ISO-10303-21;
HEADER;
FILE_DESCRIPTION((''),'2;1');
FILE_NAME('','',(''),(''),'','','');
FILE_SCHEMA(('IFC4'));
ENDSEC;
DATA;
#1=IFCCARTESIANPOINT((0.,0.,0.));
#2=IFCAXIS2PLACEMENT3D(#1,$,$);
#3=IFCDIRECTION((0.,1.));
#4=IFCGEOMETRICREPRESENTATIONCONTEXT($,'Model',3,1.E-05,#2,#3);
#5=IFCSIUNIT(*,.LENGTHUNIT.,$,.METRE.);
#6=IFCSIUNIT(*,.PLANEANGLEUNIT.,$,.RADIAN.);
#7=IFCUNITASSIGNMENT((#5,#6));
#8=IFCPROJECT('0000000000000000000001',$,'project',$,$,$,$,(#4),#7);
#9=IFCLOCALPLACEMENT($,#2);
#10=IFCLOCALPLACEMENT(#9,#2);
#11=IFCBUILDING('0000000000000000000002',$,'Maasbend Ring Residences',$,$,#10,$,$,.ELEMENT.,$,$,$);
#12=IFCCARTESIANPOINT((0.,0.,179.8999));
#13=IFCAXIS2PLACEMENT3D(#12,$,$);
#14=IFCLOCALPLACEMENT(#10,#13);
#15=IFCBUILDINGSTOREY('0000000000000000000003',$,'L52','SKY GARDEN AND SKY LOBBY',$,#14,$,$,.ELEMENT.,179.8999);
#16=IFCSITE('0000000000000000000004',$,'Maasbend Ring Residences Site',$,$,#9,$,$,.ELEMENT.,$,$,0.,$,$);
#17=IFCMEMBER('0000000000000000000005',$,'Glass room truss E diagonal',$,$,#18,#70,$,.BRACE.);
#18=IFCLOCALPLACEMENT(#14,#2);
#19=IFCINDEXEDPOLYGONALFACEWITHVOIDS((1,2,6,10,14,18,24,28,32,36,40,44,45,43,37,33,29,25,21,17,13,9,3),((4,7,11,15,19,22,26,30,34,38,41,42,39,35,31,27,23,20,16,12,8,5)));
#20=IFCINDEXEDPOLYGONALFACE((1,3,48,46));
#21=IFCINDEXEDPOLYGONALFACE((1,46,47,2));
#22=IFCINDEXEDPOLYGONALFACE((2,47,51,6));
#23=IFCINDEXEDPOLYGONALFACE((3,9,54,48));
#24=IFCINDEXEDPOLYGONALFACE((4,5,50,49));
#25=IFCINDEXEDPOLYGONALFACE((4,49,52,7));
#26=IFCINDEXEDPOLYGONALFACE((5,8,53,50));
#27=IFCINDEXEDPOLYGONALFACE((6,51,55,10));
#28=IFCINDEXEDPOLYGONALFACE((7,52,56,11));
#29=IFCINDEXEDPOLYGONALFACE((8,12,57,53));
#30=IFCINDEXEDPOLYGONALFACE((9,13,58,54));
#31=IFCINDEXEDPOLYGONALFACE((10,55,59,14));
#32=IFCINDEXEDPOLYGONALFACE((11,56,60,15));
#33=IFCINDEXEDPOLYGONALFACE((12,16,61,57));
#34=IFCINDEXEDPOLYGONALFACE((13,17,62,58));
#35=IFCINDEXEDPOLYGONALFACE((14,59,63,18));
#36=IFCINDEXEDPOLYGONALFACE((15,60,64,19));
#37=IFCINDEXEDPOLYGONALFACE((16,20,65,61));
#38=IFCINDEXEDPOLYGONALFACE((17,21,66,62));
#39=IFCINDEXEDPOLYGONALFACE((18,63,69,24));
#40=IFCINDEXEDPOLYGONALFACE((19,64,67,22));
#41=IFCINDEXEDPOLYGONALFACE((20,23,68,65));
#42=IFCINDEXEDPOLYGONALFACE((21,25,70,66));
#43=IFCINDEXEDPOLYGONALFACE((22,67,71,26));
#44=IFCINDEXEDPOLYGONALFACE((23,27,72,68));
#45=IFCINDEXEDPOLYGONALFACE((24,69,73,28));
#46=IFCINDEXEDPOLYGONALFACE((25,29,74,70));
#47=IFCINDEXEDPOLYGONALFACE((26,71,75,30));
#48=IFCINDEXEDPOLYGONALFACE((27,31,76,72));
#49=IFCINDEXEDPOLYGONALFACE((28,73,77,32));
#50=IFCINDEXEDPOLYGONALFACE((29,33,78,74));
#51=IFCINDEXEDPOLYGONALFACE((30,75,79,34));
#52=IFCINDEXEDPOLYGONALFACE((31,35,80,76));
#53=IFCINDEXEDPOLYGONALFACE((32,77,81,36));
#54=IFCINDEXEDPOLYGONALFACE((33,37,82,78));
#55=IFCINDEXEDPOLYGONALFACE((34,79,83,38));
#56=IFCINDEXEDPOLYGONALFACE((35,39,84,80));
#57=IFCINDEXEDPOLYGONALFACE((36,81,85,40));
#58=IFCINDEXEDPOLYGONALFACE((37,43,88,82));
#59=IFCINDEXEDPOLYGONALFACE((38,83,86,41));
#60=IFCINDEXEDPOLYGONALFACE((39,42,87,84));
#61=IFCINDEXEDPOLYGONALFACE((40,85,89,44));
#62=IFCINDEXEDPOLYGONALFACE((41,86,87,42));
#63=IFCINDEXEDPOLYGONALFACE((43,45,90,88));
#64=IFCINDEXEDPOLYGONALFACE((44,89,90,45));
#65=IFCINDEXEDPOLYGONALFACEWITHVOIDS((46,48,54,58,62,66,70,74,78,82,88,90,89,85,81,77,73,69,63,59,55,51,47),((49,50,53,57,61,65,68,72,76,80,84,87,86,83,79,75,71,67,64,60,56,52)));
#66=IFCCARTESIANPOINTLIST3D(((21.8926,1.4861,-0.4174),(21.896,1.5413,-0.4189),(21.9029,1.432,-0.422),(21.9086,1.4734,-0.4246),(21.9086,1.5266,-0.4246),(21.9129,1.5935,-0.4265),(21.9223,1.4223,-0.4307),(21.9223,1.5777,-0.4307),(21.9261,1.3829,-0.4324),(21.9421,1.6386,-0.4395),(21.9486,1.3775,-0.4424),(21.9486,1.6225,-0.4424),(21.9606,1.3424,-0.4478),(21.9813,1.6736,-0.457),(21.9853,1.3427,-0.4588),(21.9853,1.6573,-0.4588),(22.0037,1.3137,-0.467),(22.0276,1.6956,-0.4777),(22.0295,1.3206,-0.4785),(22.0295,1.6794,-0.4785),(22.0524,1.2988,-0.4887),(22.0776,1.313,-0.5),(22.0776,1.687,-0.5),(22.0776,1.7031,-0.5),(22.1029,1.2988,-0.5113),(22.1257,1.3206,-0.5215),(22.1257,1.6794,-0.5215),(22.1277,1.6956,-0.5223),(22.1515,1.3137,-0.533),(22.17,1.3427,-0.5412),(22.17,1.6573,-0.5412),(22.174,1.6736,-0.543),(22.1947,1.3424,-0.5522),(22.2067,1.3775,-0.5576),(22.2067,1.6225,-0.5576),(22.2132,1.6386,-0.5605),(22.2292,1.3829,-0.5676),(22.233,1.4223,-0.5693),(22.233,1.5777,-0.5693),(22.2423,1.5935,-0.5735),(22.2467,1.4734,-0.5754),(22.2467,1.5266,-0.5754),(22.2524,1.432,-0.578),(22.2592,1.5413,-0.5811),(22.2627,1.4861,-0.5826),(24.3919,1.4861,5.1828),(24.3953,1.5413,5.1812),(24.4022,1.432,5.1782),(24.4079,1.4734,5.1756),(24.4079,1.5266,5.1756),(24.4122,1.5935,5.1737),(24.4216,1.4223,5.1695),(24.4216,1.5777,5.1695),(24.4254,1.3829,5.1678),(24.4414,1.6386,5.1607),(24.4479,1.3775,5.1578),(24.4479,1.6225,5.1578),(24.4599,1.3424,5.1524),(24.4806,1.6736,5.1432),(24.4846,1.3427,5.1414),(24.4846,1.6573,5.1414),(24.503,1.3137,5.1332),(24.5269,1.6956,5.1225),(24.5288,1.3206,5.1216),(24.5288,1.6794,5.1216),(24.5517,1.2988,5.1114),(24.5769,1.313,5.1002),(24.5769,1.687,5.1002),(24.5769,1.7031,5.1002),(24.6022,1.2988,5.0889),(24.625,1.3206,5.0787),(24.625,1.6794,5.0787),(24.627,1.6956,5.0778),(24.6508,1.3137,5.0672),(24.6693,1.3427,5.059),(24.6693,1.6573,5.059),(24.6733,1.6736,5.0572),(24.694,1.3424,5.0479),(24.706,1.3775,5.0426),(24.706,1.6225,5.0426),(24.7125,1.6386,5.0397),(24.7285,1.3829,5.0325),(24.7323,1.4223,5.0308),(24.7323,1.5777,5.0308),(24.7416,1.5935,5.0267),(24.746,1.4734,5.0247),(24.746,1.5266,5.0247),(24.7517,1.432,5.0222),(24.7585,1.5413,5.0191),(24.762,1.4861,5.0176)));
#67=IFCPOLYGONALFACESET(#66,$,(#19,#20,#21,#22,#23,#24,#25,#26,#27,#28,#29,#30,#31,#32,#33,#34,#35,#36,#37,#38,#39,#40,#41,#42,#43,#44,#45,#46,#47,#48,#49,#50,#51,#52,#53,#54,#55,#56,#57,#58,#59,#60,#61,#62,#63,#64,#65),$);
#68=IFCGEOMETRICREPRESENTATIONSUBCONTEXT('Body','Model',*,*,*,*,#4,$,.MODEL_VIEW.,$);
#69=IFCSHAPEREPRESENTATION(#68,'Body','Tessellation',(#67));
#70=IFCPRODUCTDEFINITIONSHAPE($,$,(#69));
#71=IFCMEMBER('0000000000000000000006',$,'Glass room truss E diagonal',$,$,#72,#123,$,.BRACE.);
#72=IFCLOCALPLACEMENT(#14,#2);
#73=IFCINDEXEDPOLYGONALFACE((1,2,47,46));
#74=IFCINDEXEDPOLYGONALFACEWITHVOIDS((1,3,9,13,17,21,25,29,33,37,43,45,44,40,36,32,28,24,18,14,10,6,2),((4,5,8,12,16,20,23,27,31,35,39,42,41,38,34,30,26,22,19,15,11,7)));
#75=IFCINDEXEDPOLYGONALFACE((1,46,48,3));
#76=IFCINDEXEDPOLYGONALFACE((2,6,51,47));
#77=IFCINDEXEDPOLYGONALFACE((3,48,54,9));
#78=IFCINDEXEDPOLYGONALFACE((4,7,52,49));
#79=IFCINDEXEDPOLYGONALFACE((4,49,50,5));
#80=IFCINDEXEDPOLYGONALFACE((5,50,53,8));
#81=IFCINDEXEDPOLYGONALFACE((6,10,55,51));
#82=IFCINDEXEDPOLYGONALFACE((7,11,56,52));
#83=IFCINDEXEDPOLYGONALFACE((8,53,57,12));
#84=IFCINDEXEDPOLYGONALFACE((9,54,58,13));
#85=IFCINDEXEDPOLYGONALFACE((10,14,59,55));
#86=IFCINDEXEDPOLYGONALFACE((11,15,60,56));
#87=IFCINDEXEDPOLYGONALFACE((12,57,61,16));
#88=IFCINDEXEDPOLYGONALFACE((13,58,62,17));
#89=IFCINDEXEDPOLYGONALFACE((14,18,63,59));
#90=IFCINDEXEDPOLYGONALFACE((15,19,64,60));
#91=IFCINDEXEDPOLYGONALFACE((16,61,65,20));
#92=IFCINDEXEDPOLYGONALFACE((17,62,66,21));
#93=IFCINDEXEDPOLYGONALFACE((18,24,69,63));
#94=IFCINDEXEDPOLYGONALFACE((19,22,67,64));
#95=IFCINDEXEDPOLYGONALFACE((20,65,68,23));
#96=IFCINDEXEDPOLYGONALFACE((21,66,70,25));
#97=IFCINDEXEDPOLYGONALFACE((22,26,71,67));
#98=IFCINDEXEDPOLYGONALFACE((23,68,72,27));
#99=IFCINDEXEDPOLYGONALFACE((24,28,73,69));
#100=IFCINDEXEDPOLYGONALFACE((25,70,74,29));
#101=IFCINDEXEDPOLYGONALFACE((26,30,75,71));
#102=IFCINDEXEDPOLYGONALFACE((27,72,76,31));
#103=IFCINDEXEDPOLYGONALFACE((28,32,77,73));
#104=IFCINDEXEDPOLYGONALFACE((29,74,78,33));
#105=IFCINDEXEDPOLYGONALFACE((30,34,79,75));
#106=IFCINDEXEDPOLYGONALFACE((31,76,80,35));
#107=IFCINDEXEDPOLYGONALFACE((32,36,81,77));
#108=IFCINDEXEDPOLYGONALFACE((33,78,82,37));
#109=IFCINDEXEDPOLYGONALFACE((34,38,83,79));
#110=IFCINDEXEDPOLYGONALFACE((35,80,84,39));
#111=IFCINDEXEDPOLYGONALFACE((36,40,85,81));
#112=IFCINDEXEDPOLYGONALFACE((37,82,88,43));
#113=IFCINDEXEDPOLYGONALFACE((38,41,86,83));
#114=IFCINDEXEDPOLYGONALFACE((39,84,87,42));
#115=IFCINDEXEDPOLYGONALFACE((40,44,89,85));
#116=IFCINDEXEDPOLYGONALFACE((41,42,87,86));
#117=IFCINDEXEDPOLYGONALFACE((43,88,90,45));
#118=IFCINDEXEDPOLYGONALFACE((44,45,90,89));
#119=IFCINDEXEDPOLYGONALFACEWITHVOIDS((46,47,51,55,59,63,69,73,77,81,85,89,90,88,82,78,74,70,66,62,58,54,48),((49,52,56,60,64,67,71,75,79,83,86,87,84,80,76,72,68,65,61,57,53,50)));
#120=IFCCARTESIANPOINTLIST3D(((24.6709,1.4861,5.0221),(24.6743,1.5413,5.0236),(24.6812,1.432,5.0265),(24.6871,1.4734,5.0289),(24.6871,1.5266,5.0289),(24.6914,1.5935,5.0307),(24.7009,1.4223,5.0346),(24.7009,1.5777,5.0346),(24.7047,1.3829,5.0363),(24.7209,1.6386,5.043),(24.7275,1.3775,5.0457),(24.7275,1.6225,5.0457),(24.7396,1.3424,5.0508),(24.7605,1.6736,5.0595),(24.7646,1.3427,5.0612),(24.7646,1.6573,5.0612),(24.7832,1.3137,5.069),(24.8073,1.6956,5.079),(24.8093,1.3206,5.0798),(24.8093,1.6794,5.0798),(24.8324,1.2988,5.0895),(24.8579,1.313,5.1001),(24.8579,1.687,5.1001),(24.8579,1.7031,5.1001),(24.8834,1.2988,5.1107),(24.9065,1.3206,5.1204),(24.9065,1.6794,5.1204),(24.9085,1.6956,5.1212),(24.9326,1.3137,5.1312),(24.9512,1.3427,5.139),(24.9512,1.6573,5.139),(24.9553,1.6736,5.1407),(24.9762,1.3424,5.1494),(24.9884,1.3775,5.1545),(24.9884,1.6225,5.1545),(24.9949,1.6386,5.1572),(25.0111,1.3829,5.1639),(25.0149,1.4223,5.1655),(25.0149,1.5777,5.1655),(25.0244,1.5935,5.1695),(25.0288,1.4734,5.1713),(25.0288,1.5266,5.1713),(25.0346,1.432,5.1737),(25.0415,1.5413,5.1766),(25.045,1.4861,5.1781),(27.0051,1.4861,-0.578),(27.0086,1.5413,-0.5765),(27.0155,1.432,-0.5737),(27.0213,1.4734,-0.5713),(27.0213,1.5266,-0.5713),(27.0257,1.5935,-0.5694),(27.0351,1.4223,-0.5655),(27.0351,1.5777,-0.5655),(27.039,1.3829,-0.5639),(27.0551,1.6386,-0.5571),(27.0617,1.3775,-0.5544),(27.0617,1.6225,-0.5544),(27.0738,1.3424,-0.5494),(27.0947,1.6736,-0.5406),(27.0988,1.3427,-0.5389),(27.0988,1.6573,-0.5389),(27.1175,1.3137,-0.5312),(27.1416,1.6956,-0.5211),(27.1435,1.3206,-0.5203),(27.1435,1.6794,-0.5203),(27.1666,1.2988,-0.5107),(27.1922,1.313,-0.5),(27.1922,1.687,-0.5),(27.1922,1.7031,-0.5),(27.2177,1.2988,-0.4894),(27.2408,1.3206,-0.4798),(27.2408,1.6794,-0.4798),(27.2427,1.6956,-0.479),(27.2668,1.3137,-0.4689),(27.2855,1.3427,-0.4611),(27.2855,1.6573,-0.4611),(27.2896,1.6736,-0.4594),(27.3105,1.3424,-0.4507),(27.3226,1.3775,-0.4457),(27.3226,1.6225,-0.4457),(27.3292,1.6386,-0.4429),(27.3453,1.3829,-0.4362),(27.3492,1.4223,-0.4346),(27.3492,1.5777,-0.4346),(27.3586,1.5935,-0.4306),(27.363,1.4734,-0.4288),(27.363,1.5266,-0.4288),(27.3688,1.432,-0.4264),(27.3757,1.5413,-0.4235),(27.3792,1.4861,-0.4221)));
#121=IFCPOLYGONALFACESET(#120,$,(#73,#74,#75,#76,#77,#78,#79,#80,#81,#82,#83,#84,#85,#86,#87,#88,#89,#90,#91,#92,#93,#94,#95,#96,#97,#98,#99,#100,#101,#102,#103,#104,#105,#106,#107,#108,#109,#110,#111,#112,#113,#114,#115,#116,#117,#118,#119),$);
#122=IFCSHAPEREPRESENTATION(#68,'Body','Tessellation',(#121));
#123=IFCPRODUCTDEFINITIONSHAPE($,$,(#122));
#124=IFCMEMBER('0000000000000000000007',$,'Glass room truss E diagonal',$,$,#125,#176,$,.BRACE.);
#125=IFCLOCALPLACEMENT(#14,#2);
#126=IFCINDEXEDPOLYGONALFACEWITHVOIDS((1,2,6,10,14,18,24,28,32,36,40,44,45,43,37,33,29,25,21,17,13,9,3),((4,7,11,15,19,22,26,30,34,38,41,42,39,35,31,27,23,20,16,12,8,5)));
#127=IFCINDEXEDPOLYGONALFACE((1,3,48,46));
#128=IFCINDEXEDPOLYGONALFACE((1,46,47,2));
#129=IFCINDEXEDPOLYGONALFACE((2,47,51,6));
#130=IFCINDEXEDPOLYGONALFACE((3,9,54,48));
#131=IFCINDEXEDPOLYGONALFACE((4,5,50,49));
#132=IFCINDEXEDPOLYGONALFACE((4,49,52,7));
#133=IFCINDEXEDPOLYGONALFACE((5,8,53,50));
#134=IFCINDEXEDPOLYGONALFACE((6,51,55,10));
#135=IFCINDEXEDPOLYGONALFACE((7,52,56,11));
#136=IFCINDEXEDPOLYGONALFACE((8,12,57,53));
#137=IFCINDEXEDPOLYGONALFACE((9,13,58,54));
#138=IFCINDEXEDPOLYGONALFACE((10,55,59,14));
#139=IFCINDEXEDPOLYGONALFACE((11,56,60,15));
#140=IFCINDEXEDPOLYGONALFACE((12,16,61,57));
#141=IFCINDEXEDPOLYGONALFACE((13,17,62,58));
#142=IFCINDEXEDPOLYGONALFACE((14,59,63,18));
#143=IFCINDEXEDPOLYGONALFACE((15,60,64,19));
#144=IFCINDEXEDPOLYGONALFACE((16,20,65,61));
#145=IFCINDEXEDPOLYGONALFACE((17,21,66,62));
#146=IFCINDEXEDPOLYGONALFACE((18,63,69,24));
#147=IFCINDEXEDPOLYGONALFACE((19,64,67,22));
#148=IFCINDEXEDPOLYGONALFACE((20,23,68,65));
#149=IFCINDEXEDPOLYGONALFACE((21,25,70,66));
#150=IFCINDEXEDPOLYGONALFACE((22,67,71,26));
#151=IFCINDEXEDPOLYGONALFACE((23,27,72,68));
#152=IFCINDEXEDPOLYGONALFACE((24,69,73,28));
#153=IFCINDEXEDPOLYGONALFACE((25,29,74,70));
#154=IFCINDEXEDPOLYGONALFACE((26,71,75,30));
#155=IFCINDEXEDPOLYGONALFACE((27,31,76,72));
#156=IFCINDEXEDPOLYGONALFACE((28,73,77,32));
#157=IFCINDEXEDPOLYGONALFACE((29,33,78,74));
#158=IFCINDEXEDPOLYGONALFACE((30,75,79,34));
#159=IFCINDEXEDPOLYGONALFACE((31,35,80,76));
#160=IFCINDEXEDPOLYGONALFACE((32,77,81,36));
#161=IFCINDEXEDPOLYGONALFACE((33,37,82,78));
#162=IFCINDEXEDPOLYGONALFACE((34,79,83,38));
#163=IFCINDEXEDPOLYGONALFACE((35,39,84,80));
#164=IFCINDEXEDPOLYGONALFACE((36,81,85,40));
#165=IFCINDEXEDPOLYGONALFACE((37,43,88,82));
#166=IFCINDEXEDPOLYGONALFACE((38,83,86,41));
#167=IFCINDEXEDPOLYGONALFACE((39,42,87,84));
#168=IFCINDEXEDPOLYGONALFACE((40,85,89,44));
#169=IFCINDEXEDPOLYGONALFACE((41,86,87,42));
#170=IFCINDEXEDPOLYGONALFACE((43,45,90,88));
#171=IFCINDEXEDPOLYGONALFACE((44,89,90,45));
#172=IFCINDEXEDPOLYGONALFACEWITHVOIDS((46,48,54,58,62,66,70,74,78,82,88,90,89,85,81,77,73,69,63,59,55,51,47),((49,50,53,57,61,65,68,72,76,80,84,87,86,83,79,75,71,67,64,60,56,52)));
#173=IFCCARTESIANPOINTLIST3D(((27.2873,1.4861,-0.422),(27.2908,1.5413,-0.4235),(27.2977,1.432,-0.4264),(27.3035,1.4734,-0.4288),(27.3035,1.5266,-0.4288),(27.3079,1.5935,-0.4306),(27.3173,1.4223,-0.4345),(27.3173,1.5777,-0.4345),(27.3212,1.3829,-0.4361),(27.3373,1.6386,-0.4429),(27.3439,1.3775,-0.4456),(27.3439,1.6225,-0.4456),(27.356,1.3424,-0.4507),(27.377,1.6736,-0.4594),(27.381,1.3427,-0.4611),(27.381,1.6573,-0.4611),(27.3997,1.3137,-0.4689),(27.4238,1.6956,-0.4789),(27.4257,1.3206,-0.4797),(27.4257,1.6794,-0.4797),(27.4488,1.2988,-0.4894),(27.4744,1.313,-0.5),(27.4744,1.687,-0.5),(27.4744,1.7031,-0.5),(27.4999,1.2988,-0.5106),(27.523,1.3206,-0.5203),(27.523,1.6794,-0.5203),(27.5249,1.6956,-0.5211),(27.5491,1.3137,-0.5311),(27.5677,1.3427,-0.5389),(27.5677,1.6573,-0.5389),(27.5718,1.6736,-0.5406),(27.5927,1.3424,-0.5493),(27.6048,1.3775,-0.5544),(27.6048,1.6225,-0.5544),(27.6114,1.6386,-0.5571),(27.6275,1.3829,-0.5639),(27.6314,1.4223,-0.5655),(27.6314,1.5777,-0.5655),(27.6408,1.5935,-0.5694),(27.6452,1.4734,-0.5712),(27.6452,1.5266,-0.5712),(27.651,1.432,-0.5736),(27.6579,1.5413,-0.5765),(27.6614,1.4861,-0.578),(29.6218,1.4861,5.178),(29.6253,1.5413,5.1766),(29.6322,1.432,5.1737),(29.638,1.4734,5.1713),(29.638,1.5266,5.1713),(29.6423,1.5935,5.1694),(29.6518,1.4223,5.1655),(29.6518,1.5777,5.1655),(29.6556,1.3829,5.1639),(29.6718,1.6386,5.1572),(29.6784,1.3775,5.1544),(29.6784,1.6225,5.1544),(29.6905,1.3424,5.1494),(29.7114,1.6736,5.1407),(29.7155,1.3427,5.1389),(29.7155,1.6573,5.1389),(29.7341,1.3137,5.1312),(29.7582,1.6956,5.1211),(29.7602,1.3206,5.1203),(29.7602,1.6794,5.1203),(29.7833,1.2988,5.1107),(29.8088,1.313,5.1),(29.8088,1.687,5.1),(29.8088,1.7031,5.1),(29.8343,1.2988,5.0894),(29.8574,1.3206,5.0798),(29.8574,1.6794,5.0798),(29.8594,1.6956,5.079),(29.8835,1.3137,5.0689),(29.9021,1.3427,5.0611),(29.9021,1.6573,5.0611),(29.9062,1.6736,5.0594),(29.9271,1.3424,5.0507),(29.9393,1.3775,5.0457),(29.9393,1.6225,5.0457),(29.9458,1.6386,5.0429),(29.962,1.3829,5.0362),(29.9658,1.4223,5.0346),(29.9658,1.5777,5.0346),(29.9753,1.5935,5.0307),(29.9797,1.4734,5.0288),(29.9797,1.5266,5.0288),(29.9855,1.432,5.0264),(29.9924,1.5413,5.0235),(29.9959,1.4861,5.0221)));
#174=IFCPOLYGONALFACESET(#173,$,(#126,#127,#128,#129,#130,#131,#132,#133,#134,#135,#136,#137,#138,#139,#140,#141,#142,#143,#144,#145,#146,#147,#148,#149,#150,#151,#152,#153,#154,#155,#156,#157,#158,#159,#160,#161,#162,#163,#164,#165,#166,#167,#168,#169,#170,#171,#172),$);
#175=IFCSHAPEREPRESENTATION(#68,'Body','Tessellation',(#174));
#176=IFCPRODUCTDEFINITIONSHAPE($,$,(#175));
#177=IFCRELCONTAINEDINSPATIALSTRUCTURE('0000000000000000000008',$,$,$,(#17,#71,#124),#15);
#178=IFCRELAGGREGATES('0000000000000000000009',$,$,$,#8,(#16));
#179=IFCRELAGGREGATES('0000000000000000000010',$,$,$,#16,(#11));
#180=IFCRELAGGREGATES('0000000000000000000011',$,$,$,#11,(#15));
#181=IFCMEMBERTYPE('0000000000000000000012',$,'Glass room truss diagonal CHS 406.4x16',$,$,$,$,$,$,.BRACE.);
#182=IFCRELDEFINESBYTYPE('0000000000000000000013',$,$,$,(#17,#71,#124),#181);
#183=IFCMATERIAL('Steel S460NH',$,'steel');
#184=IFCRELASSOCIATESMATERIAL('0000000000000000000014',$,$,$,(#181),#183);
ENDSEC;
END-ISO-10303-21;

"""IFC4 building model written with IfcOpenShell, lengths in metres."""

from ifc_helpers import new_model, si_unit, direction, frame, origin, origin_2d, place, context, subcontext, project, spatial, hollow_circle, extrude, material, material_profile, profile_set, type_object, element, save


model = new_model("IFC4")

# Units and contexts
model_context = context("Model", 3, precision=1e-05, world=origin(), true_north=direction((0.0, 1.0)))
body_context = subcontext(model_context, "Body", "Model", "MODEL_VIEW")
ifc_project = project(units=[si_unit("LENGTHUNIT", "METRE"), si_unit("PLANEANGLEUNIT", "RADIAN")], contexts=[model_context])

# Site, building, storey
site_placement = place(None, origin())
site = spatial("IfcSite", under=ifc_project, at=site_placement, Name="Maasbend Ring Residences Site", CompositionType="ELEMENT", RefElevation=0.0)
building_placement = place(site_placement, origin())
building = spatial("IfcBuilding", under=site, at=building_placement, Name="Maasbend Ring Residences", CompositionType="ELEMENT")
storey_placement = place(building_placement, frame((0.0, 0.0, 179.8999)))
storey = spatial("IfcBuildingStorey", under=building, at=storey_placement, Name="L52", Description="SKY GARDEN AND SKY LOBBY", CompositionType="ELEMENT", Elevation=179.8999)

# Members
ifc_material_1 = material(Name="Steel S460NH", Category="steel")
ifc_material_profile_1 = material_profile(ifc_material_1, hollow_circle(Radius=0.2031, WallThickness=0.0161, at=origin_2d()), Name="Glass room truss diagonal CHS 406.4x16")
ifc_profile_set_1 = profile_set([ifc_material_profile_1], Name="Steel S460NH")
member_type_1 = type_object("IfcMemberType", Name="Glass room truss diagonal CHS 406.4x16", PredefinedType="BRACE", material=ifc_profile_set_1)
member_1_placement = place(storey_placement, frame((22.0776, 1.5, -0.5), z_axis=(0.407545, 0.0, 0.913185), x_axis=(0.0, 1.0, 0.0)))
element("IfcMember", 1, at=member_1_placement, inside=storey, type_object=member_type_1, Name="Glass room truss E diagonal", PredefinedType="BRACE", context=body_context, shape_type="SweptSolid", body=[
    extrude(hollow_circle(Radius=0.2031, WallThickness=0.0161, at=origin_2d()), origin(), (0.0, 0.0, 1.0), 6.1326),
])
for number, where, z_axis, x_axis, name in (
    (2, (24.8579, 1.5, 5.1001), (0.384735, 0.0, -0.923027), (0.0, 1.0, 0.0), "Glass room truss E diagonal"),
    (3, (27.4744, 1.5, -0.5), (0.38477, 0.0, 0.923013), (0.0, 1.0, 0.0), "Glass room truss E diagonal"),
):
    element("IfcMember", number, at=place(storey_placement, frame(where, z_axis=z_axis, x_axis=x_axis)), inside=storey, type_object=member_type_1, Name=name, PredefinedType="BRACE", context=body_context, shape_type="SweptSolid", body=[
        extrude(hollow_circle(Radius=0.2031, WallThickness=0.0161, at=origin_2d()), origin(), (0.0, 0.0, 1.0), 6.0671),
    ])

save(model, "model.ifc")
